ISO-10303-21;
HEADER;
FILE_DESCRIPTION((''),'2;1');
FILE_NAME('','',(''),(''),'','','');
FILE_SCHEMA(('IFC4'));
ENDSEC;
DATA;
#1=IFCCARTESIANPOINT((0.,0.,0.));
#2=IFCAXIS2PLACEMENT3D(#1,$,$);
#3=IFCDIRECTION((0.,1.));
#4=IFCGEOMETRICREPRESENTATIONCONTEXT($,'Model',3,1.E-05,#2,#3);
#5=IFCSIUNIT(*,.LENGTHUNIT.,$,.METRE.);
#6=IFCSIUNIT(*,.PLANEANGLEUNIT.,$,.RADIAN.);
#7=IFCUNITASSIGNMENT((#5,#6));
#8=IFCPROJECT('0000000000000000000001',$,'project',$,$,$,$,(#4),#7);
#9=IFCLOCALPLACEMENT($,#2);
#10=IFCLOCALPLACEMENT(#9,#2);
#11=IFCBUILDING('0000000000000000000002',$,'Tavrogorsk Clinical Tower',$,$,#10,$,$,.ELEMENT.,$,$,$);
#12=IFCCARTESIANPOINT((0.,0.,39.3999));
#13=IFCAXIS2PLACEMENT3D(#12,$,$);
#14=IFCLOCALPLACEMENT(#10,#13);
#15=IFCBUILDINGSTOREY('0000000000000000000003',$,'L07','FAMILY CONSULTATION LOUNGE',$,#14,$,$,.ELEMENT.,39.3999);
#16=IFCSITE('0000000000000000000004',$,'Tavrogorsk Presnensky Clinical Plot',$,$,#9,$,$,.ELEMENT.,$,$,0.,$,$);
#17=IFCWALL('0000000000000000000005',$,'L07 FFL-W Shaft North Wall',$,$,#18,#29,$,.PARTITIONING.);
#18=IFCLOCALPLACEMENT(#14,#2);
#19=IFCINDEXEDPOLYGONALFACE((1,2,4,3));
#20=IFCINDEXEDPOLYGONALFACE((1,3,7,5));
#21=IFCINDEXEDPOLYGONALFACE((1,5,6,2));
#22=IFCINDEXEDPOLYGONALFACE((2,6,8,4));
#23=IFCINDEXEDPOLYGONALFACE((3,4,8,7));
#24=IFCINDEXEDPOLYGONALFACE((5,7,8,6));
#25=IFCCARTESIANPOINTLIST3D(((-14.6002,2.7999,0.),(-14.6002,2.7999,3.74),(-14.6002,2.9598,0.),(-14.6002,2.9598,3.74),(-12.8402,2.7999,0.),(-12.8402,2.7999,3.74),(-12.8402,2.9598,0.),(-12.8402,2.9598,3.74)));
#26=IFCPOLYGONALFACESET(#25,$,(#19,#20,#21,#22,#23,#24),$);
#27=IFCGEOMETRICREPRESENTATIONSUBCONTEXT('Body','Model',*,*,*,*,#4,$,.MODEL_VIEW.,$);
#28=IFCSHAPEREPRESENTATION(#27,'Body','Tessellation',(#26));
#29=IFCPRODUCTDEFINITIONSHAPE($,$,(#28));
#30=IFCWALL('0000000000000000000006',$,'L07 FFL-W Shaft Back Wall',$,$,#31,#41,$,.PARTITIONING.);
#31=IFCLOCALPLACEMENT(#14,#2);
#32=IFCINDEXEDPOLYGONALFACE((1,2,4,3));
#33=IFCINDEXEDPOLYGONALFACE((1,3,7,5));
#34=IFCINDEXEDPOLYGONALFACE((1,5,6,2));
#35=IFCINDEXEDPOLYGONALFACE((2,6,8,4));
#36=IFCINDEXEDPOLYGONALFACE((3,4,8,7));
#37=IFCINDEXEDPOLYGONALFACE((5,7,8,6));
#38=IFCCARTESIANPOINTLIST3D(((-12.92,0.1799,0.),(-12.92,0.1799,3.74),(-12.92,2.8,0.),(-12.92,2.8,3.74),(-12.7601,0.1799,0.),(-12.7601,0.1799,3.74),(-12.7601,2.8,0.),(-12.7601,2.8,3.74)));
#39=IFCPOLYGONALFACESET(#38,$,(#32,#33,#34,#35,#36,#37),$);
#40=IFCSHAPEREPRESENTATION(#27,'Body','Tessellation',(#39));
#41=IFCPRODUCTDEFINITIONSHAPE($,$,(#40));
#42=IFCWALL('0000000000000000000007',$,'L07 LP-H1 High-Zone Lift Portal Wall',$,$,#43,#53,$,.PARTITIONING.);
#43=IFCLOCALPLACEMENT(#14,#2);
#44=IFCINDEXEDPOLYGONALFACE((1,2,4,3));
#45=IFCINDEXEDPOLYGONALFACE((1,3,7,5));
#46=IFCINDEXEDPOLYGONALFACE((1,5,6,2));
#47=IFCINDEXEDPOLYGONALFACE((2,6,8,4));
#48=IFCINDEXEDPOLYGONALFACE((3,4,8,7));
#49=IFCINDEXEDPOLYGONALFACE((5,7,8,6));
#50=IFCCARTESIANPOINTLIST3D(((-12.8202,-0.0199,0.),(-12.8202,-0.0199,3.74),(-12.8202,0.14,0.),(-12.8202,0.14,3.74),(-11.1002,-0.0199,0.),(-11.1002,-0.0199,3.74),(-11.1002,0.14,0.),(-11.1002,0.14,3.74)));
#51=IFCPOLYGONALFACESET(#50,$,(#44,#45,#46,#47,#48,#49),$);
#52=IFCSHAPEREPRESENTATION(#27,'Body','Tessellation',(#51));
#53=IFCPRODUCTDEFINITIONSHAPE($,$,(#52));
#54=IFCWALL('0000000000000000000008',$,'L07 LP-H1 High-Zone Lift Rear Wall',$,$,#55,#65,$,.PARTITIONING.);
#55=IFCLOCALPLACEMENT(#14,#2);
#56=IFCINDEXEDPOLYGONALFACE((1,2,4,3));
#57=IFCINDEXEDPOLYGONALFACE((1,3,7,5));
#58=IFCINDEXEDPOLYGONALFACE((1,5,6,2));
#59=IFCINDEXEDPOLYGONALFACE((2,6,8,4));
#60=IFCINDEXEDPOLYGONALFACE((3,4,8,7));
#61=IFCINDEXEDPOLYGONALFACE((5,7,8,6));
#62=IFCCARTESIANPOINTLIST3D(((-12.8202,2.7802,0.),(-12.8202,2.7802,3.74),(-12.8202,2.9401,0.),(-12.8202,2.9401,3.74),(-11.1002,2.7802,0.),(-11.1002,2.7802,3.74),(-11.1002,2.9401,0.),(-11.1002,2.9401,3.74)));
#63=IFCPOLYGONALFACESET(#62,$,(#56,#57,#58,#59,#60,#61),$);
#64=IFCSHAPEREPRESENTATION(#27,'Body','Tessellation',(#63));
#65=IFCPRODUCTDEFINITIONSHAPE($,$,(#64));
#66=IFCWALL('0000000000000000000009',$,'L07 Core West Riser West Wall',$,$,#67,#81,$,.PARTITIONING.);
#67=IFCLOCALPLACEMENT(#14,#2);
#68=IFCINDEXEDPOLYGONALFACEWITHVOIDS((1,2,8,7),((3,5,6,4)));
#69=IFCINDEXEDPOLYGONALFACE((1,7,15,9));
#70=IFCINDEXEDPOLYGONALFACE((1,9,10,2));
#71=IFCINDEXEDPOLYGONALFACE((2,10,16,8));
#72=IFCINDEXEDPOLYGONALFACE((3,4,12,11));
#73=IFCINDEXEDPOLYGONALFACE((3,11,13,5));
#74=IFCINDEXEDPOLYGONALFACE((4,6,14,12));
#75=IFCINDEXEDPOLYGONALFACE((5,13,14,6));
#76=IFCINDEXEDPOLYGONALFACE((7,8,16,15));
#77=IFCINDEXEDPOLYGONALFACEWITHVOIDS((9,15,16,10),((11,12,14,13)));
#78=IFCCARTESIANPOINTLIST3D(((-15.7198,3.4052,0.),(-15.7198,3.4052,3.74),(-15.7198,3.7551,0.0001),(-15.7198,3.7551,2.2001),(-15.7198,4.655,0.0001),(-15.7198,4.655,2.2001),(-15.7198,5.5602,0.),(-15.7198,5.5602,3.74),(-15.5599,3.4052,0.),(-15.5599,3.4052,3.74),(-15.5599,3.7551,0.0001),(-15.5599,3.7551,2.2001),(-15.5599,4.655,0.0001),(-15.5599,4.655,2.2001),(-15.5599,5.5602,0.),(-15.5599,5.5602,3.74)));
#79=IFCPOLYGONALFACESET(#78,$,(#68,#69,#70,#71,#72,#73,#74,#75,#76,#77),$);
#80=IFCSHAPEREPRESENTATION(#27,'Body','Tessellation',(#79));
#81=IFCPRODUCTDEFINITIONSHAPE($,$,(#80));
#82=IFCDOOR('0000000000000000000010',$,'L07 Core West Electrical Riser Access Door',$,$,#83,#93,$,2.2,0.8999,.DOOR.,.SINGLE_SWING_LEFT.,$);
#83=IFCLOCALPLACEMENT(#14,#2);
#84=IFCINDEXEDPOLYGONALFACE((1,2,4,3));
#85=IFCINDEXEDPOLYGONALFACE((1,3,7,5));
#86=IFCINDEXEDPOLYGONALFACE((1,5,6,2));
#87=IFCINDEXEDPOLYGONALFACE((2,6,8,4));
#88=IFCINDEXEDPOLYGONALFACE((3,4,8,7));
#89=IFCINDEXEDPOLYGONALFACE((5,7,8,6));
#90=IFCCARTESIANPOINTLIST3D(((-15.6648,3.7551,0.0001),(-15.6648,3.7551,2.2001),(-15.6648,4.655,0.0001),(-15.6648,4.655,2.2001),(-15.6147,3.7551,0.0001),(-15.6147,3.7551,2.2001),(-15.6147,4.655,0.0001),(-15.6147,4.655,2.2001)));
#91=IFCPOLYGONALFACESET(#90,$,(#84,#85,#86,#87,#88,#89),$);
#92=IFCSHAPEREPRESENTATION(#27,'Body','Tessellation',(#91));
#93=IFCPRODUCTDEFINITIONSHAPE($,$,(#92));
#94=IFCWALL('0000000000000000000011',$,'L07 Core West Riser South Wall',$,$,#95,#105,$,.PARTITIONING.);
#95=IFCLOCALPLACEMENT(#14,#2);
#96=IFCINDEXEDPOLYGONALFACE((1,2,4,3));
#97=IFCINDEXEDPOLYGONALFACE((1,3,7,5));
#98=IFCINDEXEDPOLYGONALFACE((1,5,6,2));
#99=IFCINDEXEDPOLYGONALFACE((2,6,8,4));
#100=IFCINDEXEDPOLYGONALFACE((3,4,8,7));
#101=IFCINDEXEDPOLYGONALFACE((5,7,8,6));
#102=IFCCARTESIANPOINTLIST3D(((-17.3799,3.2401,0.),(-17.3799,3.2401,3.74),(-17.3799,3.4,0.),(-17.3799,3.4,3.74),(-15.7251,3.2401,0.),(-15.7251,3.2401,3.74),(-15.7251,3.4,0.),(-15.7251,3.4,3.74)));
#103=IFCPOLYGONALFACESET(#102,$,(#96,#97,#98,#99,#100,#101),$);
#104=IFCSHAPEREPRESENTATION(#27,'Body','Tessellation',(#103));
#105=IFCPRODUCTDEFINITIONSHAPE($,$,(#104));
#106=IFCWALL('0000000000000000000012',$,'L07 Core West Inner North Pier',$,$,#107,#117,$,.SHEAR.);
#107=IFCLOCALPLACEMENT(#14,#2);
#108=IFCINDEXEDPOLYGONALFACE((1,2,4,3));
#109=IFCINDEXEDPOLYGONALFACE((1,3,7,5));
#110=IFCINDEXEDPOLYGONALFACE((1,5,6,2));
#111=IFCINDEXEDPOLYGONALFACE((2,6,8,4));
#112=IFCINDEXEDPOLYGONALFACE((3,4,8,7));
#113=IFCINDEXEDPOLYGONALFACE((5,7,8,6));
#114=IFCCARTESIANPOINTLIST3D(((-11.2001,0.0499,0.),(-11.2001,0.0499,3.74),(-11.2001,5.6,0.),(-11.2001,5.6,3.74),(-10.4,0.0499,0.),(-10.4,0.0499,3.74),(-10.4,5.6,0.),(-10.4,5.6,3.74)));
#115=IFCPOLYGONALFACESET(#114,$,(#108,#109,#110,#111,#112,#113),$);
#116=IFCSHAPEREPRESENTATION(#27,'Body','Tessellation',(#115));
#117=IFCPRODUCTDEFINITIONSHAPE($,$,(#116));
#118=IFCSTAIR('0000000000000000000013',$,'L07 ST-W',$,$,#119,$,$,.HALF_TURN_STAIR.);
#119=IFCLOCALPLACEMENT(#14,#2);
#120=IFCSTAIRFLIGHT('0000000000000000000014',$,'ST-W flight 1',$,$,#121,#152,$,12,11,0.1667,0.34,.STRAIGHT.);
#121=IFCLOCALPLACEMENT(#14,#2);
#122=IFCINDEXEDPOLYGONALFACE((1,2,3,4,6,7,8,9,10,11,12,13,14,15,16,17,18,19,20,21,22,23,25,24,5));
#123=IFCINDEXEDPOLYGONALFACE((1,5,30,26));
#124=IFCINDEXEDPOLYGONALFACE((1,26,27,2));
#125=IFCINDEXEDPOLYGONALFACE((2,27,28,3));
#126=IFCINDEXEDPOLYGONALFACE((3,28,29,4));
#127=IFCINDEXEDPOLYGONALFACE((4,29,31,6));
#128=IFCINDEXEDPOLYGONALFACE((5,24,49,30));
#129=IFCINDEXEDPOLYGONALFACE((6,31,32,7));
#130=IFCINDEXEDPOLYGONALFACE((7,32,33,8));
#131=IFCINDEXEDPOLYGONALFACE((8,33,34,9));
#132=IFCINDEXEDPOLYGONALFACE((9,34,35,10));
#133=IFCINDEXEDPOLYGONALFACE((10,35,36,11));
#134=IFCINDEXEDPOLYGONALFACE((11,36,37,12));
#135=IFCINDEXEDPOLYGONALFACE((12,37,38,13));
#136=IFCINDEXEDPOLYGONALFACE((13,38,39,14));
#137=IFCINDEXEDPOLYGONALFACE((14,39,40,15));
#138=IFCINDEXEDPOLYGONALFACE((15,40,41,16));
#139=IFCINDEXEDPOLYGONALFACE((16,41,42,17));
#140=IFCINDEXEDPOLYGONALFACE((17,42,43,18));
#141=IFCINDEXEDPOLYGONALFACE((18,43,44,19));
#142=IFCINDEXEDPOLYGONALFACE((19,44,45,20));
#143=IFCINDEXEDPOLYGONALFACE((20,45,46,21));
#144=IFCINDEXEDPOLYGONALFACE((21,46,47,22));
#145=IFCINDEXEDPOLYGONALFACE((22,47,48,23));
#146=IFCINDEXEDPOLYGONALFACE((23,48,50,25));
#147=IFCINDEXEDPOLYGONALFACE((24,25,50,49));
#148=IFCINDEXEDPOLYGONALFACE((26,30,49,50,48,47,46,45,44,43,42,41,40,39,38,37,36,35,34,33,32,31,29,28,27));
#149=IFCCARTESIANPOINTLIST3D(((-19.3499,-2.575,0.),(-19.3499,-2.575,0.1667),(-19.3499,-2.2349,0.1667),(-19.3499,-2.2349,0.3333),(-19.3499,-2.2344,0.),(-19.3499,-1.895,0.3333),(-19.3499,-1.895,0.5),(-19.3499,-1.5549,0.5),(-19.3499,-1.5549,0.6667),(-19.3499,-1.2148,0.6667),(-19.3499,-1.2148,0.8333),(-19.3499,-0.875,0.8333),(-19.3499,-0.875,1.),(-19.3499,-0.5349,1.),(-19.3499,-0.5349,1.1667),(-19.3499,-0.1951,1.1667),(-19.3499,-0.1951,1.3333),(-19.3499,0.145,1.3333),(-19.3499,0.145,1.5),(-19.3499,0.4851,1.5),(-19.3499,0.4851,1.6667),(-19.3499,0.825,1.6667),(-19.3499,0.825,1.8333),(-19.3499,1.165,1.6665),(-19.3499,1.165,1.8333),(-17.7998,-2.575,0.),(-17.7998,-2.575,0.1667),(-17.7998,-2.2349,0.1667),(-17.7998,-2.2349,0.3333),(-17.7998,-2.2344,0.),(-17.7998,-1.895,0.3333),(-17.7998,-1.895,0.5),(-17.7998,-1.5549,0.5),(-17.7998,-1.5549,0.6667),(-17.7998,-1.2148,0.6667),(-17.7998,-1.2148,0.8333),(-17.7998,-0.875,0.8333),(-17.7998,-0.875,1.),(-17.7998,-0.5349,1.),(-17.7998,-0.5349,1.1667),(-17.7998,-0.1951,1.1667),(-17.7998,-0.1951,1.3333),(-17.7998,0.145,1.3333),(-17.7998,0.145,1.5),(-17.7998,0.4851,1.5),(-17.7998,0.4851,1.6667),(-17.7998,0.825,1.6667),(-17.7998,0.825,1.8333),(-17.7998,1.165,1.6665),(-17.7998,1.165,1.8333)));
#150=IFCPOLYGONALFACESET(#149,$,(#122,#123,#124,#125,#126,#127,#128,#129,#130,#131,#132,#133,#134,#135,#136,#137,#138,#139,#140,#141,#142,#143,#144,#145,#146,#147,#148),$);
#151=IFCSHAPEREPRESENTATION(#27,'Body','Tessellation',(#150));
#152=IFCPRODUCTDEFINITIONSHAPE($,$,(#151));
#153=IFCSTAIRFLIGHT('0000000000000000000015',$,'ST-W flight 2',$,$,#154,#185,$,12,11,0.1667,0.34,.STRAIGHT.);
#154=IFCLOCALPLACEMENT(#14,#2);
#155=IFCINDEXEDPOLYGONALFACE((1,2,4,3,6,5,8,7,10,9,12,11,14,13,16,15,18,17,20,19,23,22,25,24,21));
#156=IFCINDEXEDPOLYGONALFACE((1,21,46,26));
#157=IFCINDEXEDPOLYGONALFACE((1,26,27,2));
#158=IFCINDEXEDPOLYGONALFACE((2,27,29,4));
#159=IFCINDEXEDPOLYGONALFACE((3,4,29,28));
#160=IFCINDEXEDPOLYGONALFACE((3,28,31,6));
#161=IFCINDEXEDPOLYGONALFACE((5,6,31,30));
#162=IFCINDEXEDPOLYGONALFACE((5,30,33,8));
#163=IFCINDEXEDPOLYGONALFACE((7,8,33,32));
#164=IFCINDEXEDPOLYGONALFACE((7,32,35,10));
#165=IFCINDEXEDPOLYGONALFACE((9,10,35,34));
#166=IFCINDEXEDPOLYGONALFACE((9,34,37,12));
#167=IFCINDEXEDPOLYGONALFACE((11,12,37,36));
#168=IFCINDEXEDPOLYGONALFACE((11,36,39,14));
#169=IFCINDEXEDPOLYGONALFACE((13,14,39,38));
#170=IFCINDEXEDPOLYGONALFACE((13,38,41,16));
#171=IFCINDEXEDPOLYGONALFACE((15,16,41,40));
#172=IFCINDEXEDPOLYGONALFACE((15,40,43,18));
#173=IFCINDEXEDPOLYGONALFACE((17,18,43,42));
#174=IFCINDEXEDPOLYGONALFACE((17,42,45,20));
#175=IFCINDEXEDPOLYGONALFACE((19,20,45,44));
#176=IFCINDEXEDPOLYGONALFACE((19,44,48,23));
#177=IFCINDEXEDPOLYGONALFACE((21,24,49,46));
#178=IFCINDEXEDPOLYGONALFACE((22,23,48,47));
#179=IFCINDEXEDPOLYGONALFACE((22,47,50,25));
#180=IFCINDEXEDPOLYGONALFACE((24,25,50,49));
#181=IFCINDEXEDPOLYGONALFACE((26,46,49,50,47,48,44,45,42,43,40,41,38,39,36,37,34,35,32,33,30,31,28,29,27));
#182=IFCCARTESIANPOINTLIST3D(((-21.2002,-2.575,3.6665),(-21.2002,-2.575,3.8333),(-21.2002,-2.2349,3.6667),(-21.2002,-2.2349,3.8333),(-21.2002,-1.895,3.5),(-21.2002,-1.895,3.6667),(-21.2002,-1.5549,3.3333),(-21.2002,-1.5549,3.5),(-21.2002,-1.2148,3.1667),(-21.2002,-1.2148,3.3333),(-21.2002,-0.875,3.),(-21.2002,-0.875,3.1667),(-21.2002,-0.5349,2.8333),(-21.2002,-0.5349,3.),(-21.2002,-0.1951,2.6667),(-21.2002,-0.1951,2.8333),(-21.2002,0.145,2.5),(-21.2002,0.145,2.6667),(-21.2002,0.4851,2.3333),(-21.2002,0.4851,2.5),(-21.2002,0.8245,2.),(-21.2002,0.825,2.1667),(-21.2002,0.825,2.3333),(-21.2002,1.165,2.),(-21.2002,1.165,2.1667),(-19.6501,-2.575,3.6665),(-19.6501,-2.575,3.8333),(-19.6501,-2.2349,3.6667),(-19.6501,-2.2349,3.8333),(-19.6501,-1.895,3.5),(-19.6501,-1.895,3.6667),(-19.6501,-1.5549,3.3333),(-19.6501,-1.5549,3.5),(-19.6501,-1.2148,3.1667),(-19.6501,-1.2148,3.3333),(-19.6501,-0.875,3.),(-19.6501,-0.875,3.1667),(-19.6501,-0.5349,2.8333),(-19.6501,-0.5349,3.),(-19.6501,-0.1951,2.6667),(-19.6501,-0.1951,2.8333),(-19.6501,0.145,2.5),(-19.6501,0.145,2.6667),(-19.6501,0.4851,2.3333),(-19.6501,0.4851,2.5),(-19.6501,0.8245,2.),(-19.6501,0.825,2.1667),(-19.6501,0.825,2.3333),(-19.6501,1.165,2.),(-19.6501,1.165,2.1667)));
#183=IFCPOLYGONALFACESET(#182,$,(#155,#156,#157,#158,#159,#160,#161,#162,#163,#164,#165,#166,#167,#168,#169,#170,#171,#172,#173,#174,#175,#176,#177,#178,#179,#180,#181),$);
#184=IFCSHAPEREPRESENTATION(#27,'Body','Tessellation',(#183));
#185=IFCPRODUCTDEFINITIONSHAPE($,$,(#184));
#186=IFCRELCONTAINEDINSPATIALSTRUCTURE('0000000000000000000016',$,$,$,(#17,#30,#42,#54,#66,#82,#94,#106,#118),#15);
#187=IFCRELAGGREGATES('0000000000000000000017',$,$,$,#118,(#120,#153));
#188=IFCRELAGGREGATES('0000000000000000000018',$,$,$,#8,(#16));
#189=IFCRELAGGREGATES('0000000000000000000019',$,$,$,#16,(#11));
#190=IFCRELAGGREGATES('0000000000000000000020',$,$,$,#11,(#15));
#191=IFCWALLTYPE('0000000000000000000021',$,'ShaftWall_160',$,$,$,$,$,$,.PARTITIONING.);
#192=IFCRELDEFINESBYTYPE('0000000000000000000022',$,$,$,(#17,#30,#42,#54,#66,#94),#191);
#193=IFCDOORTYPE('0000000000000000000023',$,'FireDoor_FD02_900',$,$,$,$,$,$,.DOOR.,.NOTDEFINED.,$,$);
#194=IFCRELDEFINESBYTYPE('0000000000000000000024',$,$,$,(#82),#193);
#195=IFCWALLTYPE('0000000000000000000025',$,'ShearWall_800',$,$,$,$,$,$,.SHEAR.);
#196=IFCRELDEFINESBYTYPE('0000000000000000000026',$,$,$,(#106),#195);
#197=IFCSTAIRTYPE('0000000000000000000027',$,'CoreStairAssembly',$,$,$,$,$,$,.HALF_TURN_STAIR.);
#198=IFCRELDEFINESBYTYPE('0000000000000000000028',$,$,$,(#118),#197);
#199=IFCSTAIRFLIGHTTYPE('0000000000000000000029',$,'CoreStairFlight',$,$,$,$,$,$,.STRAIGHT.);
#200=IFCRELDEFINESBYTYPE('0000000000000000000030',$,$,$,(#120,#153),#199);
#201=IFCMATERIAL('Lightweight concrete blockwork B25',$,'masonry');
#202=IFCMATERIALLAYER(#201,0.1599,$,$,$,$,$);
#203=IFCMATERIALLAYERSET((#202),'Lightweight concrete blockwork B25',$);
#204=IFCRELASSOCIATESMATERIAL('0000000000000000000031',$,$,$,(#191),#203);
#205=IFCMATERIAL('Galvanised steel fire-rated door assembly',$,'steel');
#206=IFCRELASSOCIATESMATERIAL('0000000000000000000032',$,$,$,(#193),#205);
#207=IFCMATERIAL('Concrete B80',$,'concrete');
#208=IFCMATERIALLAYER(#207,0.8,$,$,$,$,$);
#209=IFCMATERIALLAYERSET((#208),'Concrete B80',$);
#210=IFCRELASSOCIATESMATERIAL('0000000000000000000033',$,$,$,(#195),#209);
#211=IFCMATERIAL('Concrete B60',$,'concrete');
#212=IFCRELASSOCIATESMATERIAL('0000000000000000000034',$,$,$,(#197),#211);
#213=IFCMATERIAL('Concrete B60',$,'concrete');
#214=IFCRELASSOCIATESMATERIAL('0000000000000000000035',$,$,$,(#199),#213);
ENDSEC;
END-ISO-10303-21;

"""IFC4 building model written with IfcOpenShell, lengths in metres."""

from ifc_helpers import new_model, si_unit, direction, frame, frame_2d, origin, place, context, subcontext, project, spatial, polyline, rectangle, outline, extrude, material, layer, layer_set, type_object, element, fill, aggregate, save


model = new_model("IFC4")

# Units and contexts
model_context = context("Model", 3, precision=1e-05, world=origin(), true_north=direction((0.0, 1.0)))
body_context = subcontext(model_context, "Body", "Model", "MODEL_VIEW")
ifc_project = project(units=[si_unit("LENGTHUNIT", "METRE"), si_unit("PLANEANGLEUNIT", "RADIAN")], contexts=[model_context])

# Site, building, storey
site_placement = place(None, origin())
site = spatial("IfcSite", under=ifc_project, at=site_placement, Name="Tavrogorsk Presnensky Clinical Plot", CompositionType="ELEMENT", RefElevation=0.0)
building_placement = place(site_placement, origin())
building = spatial("IfcBuilding", under=site, at=building_placement, Name="Tavrogorsk Clinical Tower", CompositionType="ELEMENT")
storey_placement = place(building_placement, frame((0.0, 0.0, 39.3999)))
storey = spatial("IfcBuildingStorey", under=building, at=storey_placement, Name="L07", Description="FAMILY CONSULTATION LOUNGE", CompositionType="ELEMENT", Elevation=39.3999)

# Shared definitions
ifc_material_1 = material(Name="Lightweight concrete blockwork B25", Category="masonry")
ifc_layer_1 = layer(ifc_material_1, 0.1599)
ifc_layer_set_1 = layer_set([ifc_layer_1], Name="Lightweight concrete blockwork B25")
wall_type_1 = type_object("IfcWallType", Name="ShaftWall_160", PredefinedType="PARTITIONING", material=ifc_layer_set_1)

# Walls
for number, where, z_axis, x_axis, name in (
    (1, (-14.6001, 2.8799, 0.0), (0.0, 0.0, 1.0), (1.0, 0.0, 0.0), "L07 FFL-W Shaft North Wall"),
):
    element("IfcWall", number, at=place(storey_placement, frame(where, z_axis=z_axis, x_axis=x_axis)), inside=storey, type_object=wall_type_1, Name=name, PredefinedType="PARTITIONING", context=body_context, shape_type="SweptSolid", body=[
        extrude(rectangle(XDim=1.76, YDim=0.1599, at=frame_2d((0.8799, 0.0))), origin(), (0.0, 0.0, 1.0), 3.74),
    ])
wall_1_placement = place(storey_placement, frame((-12.8401, 0.1799, 0.0), z_axis=(0.0, 0.0, 1.0), x_axis=(0.0, 1.0, 0.0)))
element("IfcWall", 2, at=wall_1_placement, inside=storey, type_object=wall_type_1, Name="L07 FFL-W Shaft Back Wall", PredefinedType="PARTITIONING", context=body_context, shape_type="SweptSolid", body=[
    extrude(rectangle(XDim=2.6201, YDim=0.1599, at=frame_2d((1.3101, 0.0))), origin(), (0.0, 0.0, 1.0), 3.74),
])
for number, where, z_axis, x_axis, name in (
    (3, (-12.8201, 0.0601, 0.0), (0.0, 0.0, 1.0), (1.0, 0.0, 0.0), "L07 LP-H1 High-Zone Lift Portal Wall"),
    (4, (-12.8201, 2.8601, 0.0), (0.0, 0.0, 1.0), (1.0, 0.0, 0.0), "L07 LP-H1 High-Zone Lift Rear Wall"),
):
    element("IfcWall", number, at=place(storey_placement, frame(where, z_axis=z_axis, x_axis=x_axis)), inside=storey, type_object=wall_type_1, Name=name, PredefinedType="PARTITIONING", context=body_context, shape_type="SweptSolid", body=[
        extrude(rectangle(XDim=1.72, YDim=0.1599, at=frame_2d((0.8599, 0.0))), origin(), (0.0, 0.0, 1.0), 3.74),
    ])

# Wall, opening, door
wall_2_placement = place(storey_placement, frame((-15.6399, 3.405, 0.0), z_axis=(0.0, 0.0, 1.0), x_axis=(0.0, 1.0, 0.0)))
wall_2 = element("IfcWall", 5, at=wall_2_placement, inside=storey, type_object=wall_type_1, Name="L07 Core West Riser West Wall", PredefinedType="PARTITIONING", context=body_context, shape_type="SweptSolid", body=[
    extrude(rectangle(XDim=2.155, YDim=0.1599, at=frame_2d((1.0776, 0.0))), origin(), (0.0, 0.0, 1.0), 3.74),
])
opening_1_placement = place(wall_2_placement, frame((0.3501, 0.0, 0.0)))
opening_1 = element("IfcOpeningElement", 6, at=opening_1_placement, cuts=wall_2, PredefinedType="OPENING", context=body_context, shape_type="SweptSolid", body=[
    extrude(rectangle(XDim=0.8999, YDim=2.2, at=frame_2d((0.45, 1.1001))), frame((0.0, 0.0898, 0.0), z_axis=(0.0, -1.0, 0.0), x_axis=(1.0, 0.0, 0.0)), (0.0, 0.0, 1.0), 0.1799),
])
ifc_material_2 = material(Name="Galvanised steel fire-rated door assembly", Category="steel")
door_type_1 = type_object("IfcDoorType", Name="FireDoor_FD02_900", OperationType="NOTDEFINED", PredefinedType="DOOR", material=ifc_material_2)
door_1_placement = place(opening_1_placement, origin())
door_1 = element("IfcDoor", 7, at=door_1_placement, inside=storey, type_object=door_type_1, Name="L07 Core West Electrical Riser Access Door", OperationType="SINGLE_SWING_LEFT", OverallHeight=2.2, OverallWidth=0.8999, PredefinedType="DOOR", context=body_context, shape_type="SweptSolid", body=[
    extrude(rectangle(XDim=0.8999, YDim=2.2, at=frame_2d((0.45, 1.1001))), frame((0.0, 0.0249, 0.0), z_axis=(0.0, -1.0, 0.0), x_axis=(1.0, 0.0, 0.0)), (0.0, 0.0, 1.0), 0.05),
])
fill(opening_1, door_1)

# Walls
wall_3_placement = place(storey_placement, frame((-17.3799, 3.3201, 0.0), z_axis=(0.0, 0.0, 1.0), x_axis=(1.0, 0.0, 0.0)))
element("IfcWall", 8, at=wall_3_placement, inside=storey, type_object=wall_type_1, Name="L07 Core West Riser South Wall", PredefinedType="PARTITIONING", context=body_context, shape_type="SweptSolid", body=[
    extrude(rectangle(XDim=1.6548, YDim=0.1599, at=frame_2d((0.8274, 0.0))), origin(), (0.0, 0.0, 1.0), 3.74),
])
ifc_material_3 = material(Name="Concrete B80", Category="concrete")
ifc_layer_2 = layer(ifc_material_3, 0.8)
ifc_layer_set_2 = layer_set([ifc_layer_2], Name="Concrete B80")
wall_type_2 = type_object("IfcWallType", Name="ShearWall_800", PredefinedType="SHEAR", material=ifc_layer_set_2)
wall_4_placement = place(storey_placement, frame((-10.8, 0.05, 0.0), z_axis=(0.0, 0.0, 1.0), x_axis=(0.0, 1.0, 0.0)))
element("IfcWall", 9, at=wall_4_placement, inside=storey, type_object=wall_type_2, Name="L07 Core West Inner North Pier", PredefinedType="SHEAR", context=body_context, shape_type="SweptSolid", body=[
    extrude(rectangle(XDim=5.55, YDim=0.8, at=frame_2d((2.7749, 0.0))), origin(), (0.0, 0.0, 1.0), 3.74),
])

# Stair, stair flights
ifc_material_4 = material(Name="Concrete B60", Category="concrete")
stair_type = type_object("IfcStairType", Name="CoreStairAssembly", PredefinedType="HALF_TURN_STAIR", material=ifc_material_4)
stair_placement = place(storey_placement, origin())
stair = element("IfcStair", 10, at=stair_placement, inside=storey, type_object=stair_type, Name="L07 ST-W", PredefinedType="HALF_TURN_STAIR")
ifc_material_5 = material(Name="Concrete B60", Category="concrete")
stair_flight_type = type_object("IfcStairFlightType", Name="CoreStairFlight", PredefinedType="STRAIGHT", material=ifc_material_5)
stair_flight_1_placement = place(storey_placement, frame((-18.575, -2.575, 0.0), z_axis=(0.0, 0.0, 1.0), x_axis=(0.0, 1.0, 0.0)))
stair_flight_1 = element("IfcStairFlight", 11, at=stair_flight_1_placement, type_object=stair_flight_type, Name="ST-W flight 1", NumberOfRisers=12, NumberOfTreads=11, PredefinedType="STRAIGHT", RiserHeight=0.1667, TreadLength=0.34, context=body_context, shape_type="SweptSolid", body=[
    extrude(outline(polyline([(0.0, 0.0), (0.0, 0.1667), (0.3401, 0.1667), (0.3401, 0.3333), (0.6799, 0.3333), (0.6799, 0.5), (1.02, 0.5), (1.02, 0.6667), (1.3601, 0.6667), (1.3601, 0.8333), (1.7, 0.8333), (1.7, 1.0), (2.04, 1.0), (2.04, 1.1667), (2.3799, 1.1667), (2.3799, 1.3333), (2.72, 1.3333), (2.72, 1.5), (3.0601, 1.5), (3.0601, 1.6667), (3.3999, 1.6667), (3.3999, 1.8333), (3.74, 1.8333), (3.74, 2.0), (3.74, 1.6665), (0.3406, 0.0), (0.0, 0.0)])), frame((0.0, 0.7749, 0.0), z_axis=(0.0, -1.0, 0.0), x_axis=(1.0, 0.0, 0.0)), (0.0, 0.0, 1.0), 1.55),
])
stair_flight_2_placement = place(storey_placement, frame((-20.425, 1.165, 2.0), z_axis=(0.0, 0.0, 1.0), x_axis=(0.0, -1.0, 0.0)))
stair_flight_2 = element("IfcStairFlight", 12, at=stair_flight_2_placement, type_object=stair_flight_type, Name="ST-W flight 2", NumberOfRisers=12, NumberOfTreads=11, PredefinedType="STRAIGHT", RiserHeight=0.1667, TreadLength=0.34, context=body_context, shape_type="SweptSolid", body=[
    extrude(outline(polyline([(0.0, 0.0), (0.0, 0.1667), (0.3401, 0.1667), (0.3401, 0.3333), (0.6799, 0.3333), (0.6799, 0.5), (1.02, 0.5), (1.02, 0.6667), (1.3601, 0.6667), (1.3601, 0.8333), (1.7, 0.8333), (1.7, 1.0), (2.04, 1.0), (2.04, 1.1667), (2.3799, 1.1667), (2.3799, 1.3333), (2.72, 1.3333), (2.72, 1.5), (3.0601, 1.5), (3.0601, 1.6667), (3.3999, 1.6667), (3.3999, 1.8333), (3.74, 1.8333), (3.74, 2.0), (3.74, 1.6665), (0.3406, 0.0), (0.0, 0.0)])), frame((0.0, 0.7749, 0.0), z_axis=(0.0, -1.0, 0.0), x_axis=(1.0, 0.0, 0.0)), (0.0, 0.0, 1.0), 1.55),
])
aggregate(stair, [stair_flight_1, stair_flight_2])

save(model, "model.ifc")
